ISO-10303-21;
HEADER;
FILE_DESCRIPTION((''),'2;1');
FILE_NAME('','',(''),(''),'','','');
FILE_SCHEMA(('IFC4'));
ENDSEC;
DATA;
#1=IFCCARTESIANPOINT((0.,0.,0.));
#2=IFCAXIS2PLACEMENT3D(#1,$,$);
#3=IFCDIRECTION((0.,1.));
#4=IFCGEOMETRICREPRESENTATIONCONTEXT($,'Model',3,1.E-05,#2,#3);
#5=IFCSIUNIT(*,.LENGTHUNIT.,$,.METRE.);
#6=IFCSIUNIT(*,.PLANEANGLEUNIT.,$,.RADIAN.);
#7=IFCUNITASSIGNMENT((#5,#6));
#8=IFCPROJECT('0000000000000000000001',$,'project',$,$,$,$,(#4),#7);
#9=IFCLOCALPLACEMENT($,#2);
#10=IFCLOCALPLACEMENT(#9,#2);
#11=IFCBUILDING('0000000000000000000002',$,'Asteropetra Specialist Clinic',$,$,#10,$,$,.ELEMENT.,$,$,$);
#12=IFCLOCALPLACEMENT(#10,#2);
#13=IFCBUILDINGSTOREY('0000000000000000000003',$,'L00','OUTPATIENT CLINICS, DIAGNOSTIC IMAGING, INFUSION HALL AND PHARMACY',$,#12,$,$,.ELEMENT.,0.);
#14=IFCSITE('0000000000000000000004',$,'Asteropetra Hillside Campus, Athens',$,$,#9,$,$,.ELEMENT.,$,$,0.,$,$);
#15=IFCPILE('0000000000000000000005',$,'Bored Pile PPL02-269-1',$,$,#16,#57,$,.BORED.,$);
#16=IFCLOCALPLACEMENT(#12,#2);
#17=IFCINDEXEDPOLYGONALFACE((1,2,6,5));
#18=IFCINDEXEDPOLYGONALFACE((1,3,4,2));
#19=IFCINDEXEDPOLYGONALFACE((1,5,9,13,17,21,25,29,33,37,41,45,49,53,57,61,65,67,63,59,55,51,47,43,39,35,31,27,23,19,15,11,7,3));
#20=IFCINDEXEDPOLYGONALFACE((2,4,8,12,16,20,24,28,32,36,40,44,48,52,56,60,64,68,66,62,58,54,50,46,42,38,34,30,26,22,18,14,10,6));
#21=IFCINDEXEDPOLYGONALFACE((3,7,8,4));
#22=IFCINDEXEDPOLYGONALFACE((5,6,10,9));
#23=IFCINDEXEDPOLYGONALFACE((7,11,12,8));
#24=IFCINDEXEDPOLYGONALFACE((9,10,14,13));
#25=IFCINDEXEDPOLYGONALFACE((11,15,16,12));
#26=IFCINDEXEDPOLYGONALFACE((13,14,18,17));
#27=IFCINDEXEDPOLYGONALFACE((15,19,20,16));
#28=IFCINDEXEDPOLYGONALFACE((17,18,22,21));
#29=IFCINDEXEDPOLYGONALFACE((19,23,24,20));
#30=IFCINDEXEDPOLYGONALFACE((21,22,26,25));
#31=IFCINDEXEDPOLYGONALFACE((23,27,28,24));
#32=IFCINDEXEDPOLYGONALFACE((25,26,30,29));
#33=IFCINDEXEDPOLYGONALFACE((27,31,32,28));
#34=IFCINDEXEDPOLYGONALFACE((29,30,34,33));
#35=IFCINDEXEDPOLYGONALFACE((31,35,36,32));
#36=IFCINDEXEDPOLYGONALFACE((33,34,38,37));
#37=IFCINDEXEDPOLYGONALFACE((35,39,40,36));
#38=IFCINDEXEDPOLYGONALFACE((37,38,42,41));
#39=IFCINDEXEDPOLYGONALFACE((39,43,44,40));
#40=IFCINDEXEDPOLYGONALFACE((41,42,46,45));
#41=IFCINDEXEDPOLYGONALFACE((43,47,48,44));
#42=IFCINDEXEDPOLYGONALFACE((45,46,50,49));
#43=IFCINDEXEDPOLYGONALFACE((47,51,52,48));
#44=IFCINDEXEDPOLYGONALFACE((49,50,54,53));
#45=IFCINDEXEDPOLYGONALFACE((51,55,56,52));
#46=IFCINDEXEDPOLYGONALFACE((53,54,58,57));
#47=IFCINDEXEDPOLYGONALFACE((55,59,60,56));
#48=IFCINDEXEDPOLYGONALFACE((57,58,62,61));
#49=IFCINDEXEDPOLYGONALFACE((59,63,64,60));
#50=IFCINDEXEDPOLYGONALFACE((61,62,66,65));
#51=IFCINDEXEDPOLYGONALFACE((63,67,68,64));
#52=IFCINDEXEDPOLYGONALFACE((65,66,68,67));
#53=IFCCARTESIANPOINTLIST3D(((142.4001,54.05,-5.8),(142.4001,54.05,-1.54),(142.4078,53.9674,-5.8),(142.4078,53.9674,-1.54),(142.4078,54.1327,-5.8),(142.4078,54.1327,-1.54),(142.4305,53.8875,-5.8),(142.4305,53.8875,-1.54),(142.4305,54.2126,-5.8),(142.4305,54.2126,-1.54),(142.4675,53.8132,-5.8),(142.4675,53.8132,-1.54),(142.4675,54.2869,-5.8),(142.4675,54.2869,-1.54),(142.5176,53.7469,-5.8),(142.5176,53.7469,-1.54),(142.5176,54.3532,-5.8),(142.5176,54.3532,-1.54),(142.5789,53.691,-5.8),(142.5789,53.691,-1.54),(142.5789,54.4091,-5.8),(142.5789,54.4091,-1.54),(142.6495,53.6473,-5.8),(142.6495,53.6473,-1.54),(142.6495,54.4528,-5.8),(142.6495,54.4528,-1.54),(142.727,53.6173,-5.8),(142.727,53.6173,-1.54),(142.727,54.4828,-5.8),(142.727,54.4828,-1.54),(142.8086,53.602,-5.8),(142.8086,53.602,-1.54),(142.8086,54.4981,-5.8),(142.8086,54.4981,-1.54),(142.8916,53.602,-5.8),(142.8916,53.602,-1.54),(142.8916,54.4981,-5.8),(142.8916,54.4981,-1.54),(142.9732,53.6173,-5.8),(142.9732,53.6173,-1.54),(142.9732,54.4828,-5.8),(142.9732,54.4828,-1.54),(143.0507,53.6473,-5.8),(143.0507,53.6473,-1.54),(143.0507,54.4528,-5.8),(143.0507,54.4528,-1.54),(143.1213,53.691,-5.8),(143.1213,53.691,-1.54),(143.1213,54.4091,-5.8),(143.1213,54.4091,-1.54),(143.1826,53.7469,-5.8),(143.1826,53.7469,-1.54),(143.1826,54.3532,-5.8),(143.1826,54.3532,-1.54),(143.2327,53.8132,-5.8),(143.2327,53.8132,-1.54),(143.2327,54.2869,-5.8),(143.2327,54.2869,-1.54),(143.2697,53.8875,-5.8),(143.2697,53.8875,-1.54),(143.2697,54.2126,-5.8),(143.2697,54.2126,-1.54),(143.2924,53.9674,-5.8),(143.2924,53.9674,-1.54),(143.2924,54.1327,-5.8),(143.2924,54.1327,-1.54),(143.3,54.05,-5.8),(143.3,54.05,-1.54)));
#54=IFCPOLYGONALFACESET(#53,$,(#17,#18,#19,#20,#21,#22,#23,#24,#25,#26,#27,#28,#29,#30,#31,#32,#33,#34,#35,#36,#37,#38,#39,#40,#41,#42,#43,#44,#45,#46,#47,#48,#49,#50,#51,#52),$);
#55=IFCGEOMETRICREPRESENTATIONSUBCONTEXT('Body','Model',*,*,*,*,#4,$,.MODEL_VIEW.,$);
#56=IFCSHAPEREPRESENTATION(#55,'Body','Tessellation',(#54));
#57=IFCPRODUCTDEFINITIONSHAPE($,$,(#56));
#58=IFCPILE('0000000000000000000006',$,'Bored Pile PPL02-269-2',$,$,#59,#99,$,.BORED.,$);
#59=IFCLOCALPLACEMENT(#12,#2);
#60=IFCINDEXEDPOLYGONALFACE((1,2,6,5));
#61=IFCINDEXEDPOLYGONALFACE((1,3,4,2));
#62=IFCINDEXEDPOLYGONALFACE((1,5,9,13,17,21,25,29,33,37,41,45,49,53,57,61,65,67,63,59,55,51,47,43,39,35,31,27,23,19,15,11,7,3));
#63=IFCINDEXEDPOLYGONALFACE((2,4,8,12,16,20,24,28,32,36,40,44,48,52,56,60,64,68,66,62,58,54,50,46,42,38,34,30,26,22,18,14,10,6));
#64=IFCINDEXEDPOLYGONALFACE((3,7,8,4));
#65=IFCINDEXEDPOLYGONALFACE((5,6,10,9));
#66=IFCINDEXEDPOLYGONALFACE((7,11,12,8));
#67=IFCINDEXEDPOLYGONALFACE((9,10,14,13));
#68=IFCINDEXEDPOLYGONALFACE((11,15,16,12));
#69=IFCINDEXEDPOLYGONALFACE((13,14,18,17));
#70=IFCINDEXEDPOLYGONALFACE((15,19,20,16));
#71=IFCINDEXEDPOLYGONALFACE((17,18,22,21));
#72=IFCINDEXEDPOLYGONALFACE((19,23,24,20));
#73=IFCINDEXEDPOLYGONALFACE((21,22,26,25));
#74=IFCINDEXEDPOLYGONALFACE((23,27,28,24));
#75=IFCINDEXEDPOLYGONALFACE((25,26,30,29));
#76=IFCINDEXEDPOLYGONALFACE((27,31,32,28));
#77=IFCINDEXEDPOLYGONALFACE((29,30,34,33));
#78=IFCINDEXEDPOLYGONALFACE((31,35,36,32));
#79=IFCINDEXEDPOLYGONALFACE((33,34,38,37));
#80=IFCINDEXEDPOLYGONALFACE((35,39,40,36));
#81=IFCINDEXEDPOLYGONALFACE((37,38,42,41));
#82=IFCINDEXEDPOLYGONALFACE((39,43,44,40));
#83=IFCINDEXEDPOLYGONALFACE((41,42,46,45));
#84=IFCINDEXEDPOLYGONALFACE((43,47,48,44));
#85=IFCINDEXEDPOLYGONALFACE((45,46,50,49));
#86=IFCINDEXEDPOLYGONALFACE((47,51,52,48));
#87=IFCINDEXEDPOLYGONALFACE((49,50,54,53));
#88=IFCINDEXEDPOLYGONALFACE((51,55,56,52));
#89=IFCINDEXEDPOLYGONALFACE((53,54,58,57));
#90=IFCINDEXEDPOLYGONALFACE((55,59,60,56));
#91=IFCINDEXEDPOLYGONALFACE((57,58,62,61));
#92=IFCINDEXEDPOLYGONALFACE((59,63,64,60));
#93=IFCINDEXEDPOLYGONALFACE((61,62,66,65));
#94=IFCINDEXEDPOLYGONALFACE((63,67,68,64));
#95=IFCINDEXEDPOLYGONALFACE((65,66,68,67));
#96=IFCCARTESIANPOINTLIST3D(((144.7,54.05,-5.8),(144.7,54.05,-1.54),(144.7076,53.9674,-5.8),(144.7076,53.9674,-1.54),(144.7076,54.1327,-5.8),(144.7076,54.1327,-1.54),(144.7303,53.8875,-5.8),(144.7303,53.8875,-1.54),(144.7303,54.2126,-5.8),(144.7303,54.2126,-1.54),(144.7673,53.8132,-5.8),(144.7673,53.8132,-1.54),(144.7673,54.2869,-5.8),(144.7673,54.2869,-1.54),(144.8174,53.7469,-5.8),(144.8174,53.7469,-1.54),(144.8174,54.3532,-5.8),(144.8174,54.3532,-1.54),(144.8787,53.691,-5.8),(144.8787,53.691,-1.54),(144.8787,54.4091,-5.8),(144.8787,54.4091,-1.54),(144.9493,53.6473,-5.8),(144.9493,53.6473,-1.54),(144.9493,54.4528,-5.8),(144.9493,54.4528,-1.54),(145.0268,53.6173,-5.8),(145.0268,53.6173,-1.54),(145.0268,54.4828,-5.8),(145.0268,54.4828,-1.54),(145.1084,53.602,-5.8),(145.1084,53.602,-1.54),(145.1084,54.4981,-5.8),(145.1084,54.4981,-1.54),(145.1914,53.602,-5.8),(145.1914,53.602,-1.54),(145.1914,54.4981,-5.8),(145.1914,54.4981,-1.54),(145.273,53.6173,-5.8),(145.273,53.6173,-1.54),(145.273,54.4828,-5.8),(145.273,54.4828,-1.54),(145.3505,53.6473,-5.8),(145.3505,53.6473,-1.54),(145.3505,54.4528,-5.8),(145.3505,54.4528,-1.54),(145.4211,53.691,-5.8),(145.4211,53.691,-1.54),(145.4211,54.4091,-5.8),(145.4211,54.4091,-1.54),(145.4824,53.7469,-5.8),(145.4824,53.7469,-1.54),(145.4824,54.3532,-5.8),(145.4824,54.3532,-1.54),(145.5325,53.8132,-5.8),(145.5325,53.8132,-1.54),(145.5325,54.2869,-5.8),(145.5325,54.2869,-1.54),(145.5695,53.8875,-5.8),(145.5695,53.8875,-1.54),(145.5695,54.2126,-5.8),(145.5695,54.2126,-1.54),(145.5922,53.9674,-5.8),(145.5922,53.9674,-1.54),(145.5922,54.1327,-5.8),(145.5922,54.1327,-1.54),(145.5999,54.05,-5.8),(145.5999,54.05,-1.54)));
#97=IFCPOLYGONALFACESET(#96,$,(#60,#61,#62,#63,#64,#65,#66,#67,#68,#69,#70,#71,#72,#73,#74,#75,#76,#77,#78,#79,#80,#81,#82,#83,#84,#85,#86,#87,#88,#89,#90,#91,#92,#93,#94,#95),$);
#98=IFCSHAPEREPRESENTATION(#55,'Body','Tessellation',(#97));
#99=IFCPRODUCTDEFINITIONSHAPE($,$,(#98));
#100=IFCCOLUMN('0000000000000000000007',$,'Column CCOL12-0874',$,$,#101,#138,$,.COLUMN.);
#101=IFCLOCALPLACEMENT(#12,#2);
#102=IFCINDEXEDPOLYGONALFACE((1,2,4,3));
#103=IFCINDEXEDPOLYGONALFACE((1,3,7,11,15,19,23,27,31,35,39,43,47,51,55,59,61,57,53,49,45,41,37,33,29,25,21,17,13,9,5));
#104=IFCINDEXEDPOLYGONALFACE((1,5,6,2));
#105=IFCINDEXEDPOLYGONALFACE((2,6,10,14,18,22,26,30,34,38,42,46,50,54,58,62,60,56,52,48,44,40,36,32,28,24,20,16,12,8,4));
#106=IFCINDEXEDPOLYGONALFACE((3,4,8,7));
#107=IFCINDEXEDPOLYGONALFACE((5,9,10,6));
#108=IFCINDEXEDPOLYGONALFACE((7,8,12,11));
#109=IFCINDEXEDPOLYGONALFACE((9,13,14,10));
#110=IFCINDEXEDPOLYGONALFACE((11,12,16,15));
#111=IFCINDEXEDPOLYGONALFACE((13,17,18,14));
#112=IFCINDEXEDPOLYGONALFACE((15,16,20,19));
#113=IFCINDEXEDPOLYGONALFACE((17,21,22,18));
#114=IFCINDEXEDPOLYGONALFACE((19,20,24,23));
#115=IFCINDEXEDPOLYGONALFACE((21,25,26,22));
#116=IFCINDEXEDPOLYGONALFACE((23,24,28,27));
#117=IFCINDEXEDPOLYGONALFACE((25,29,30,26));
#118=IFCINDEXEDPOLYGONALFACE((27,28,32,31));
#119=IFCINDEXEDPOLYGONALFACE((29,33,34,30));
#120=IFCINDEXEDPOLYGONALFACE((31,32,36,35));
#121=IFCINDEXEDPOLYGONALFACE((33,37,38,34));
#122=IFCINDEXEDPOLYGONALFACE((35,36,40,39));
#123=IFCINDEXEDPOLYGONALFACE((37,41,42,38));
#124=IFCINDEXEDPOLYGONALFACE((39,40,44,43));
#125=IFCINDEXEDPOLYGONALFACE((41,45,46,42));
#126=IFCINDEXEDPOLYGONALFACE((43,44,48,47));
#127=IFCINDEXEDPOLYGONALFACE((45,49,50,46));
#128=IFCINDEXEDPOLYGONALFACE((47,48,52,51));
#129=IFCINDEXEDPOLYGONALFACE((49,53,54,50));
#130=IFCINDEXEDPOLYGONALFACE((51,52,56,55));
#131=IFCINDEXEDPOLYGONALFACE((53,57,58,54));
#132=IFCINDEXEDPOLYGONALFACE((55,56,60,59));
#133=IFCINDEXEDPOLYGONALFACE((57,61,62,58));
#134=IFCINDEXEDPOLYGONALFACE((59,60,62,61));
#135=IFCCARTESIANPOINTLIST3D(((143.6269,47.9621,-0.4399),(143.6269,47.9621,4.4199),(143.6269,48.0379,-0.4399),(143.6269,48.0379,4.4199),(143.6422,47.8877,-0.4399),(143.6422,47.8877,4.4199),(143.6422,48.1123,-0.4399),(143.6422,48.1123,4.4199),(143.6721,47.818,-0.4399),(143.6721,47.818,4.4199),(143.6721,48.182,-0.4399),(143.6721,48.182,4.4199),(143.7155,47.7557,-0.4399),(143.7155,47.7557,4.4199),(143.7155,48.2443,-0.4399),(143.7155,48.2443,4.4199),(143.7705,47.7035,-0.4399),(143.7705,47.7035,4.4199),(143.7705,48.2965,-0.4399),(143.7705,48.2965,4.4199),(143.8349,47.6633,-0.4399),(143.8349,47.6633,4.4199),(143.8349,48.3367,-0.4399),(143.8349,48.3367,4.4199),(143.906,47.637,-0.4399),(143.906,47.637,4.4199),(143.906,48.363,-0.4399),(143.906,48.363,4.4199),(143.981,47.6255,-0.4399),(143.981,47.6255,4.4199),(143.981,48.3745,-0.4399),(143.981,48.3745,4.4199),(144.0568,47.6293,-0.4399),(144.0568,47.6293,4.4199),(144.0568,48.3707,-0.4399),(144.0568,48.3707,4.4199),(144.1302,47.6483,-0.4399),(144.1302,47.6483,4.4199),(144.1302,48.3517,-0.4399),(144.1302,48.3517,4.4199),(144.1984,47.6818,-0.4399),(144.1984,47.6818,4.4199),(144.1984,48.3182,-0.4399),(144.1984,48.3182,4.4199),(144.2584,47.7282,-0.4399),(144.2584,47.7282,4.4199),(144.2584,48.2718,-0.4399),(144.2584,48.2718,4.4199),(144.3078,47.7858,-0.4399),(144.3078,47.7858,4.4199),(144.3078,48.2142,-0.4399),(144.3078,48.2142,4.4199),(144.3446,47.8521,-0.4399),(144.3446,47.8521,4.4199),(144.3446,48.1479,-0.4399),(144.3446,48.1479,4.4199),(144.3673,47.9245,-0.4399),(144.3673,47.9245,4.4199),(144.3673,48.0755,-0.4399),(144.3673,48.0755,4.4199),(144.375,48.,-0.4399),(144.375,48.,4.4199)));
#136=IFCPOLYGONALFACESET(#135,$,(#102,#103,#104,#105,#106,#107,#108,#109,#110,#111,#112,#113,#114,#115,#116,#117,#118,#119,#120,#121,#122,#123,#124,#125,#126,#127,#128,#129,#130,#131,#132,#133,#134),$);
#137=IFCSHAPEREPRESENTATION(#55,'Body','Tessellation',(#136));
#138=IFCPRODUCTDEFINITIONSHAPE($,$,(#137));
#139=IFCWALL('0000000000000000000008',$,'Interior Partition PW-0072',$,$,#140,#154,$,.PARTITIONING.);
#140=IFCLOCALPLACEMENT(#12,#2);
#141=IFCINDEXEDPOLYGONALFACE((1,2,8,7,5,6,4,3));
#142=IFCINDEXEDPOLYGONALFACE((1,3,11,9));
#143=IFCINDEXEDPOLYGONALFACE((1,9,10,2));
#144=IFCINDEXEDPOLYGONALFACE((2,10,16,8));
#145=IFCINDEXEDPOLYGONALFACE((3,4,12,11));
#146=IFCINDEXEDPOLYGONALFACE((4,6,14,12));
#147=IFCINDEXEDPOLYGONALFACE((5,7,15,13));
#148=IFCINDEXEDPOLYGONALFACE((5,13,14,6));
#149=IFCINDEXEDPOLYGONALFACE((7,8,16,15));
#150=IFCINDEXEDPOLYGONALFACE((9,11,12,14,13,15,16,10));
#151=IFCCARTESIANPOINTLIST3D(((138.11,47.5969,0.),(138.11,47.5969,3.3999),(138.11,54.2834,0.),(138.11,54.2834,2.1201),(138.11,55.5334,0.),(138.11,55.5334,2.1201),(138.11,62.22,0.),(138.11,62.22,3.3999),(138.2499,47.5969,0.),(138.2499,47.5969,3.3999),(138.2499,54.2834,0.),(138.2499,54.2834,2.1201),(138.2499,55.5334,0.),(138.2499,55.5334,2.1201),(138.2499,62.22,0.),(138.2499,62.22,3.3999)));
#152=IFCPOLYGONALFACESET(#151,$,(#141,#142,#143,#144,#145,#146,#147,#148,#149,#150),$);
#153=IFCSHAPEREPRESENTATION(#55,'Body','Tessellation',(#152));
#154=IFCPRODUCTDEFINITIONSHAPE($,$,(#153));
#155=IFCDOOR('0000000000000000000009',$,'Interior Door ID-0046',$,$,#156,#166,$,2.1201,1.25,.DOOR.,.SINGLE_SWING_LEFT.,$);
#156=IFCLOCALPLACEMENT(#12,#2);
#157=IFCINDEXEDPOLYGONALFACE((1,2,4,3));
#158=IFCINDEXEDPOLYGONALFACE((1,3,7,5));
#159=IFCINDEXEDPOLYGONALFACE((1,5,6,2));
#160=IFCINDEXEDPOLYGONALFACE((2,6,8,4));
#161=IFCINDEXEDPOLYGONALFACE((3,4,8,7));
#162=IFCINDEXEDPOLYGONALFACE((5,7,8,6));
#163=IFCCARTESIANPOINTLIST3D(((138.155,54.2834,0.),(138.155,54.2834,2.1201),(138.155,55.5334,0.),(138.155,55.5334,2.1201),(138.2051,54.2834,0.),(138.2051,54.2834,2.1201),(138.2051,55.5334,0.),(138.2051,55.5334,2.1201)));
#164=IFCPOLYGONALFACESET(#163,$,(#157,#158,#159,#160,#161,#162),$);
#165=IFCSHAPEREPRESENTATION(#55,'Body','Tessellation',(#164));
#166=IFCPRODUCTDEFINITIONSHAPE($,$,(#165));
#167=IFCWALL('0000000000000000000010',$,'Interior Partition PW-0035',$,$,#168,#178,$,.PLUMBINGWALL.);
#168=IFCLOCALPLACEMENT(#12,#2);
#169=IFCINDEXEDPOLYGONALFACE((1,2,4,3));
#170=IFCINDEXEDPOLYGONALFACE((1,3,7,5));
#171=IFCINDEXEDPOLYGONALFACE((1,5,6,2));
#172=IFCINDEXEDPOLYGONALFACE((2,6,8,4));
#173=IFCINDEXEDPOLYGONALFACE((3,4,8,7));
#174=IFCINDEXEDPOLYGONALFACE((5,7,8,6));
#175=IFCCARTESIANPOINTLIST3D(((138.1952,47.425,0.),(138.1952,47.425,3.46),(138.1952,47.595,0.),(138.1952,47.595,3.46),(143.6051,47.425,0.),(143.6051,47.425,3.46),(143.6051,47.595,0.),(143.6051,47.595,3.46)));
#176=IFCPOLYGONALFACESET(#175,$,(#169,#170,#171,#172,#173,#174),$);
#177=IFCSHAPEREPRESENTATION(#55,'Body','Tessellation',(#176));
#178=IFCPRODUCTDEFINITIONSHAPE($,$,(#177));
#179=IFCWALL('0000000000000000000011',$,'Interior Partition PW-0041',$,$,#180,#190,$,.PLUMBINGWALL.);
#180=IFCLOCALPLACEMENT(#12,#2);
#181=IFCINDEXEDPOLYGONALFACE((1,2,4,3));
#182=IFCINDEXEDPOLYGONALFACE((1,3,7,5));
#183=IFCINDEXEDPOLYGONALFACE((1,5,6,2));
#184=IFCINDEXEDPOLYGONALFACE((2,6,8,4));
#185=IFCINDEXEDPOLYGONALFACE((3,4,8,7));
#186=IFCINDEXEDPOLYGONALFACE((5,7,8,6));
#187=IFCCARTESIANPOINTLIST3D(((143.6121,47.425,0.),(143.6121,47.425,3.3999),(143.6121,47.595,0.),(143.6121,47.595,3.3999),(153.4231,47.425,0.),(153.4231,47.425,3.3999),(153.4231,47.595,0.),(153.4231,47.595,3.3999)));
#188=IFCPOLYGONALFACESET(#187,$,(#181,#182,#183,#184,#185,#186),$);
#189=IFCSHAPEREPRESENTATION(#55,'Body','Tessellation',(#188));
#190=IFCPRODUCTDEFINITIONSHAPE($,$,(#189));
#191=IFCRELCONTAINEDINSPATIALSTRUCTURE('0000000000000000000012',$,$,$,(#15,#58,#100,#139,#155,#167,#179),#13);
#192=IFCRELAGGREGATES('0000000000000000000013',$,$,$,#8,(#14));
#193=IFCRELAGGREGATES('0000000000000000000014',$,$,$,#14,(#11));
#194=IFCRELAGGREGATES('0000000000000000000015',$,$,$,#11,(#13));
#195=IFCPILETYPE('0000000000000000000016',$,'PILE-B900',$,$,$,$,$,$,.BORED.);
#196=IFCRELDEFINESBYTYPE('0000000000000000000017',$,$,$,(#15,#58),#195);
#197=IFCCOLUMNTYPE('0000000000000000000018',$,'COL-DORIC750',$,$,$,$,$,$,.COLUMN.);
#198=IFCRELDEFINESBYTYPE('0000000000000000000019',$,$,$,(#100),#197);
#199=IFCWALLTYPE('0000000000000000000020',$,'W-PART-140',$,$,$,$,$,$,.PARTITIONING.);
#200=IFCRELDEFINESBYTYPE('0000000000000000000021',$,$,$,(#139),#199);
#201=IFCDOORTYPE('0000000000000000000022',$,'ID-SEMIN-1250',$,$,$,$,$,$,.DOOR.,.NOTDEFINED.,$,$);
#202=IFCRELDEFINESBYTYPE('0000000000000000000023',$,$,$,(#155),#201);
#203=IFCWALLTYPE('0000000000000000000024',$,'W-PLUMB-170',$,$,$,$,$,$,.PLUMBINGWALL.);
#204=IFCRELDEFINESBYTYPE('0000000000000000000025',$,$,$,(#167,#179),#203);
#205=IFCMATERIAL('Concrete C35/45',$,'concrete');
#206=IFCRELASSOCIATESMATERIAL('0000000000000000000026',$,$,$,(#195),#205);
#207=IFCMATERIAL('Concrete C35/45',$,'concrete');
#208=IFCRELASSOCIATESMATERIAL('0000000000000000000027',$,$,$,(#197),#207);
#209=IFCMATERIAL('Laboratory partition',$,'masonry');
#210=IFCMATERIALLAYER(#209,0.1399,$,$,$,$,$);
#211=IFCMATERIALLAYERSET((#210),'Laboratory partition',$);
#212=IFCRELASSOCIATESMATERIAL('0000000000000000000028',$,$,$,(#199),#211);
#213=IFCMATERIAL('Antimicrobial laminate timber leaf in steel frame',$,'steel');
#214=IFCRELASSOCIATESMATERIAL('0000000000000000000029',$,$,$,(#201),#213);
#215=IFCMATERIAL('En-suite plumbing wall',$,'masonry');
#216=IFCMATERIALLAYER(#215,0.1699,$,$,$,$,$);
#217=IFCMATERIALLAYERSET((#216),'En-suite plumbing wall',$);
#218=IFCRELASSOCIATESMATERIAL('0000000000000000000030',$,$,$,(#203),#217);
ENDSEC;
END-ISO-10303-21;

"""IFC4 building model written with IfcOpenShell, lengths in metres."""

from ifc_helpers import new_model, si_unit, direction, frame, frame_2d, origin, origin_2d, place, context, subcontext, project, spatial, rectangle, circle, extrude, material, layer, layer_set, material_profile, profile_set, type_object, element, fill, save


model = new_model("IFC4")

# Units and contexts
model_context = context("Model", 3, precision=1e-05, world=origin(), true_north=direction((0.0, 1.0)))
body_context = subcontext(model_context, "Body", "Model", "MODEL_VIEW")
ifc_project = project(units=[si_unit("LENGTHUNIT", "METRE"), si_unit("PLANEANGLEUNIT", "RADIAN")], contexts=[model_context])

# Site, building, storey
site_placement = place(None, origin())
site = spatial("IfcSite", under=ifc_project, at=site_placement, Name="Asteropetra Hillside Campus, Athens", CompositionType="ELEMENT", RefElevation=0.0)
building_placement = place(site_placement, origin())
building = spatial("IfcBuilding", under=site, at=building_placement, Name="Asteropetra Specialist Clinic", CompositionType="ELEMENT")
storey_placement = place(building_placement, origin())
storey = spatial("IfcBuildingStorey", under=building, at=storey_placement, Name="L00", Description="OUTPATIENT CLINICS, DIAGNOSTIC IMAGING, INFUSION HALL AND PHARMACY", CompositionType="ELEMENT", Elevation=0.0)

# Piles
ifc_material_1 = material(Name="Concrete C35/45", Category="concrete")
ifc_material_profile_1 = material_profile(ifc_material_1, circle(Radius=0.45, at=origin_2d()), Name="PILE D900")
ifc_profile_set_1 = profile_set([ifc_material_profile_1], Name="Concrete C35/45")
pile_type_1 = type_object("IfcPileType", Name="PILE-B900", PredefinedType="BORED", material=ifc_profile_set_1)
for number, where, z_axis, x_axis, name in (
    (1, (142.8501, 54.05, -1.54), (0.0, 0.0, -1.0), (1.0, 0.0, 0.0), "Bored Pile PPL02-269-1"),
    (2, (145.1499, 54.05, -1.54), (0.0, 0.0, -1.0), (1.0, 0.0, 0.0), "Bored Pile PPL02-269-2"),
):
    element("IfcPile", number, at=place(storey_placement, frame(where, z_axis=z_axis, x_axis=x_axis)), inside=storey, type_object=pile_type_1, Name=name, PredefinedType="BORED", context=body_context, shape_type="SweptSolid", body=[
        extrude(circle(Radius=0.45, at=origin_2d()), origin(), (0.0, 0.0, 1.0), 4.26),
    ])

# Column
ifc_material_2 = material(Name="Concrete C35/45", Category="concrete")
ifc_material_profile_2 = material_profile(ifc_material_2, circle(Radius=0.375, at=origin_2d()), Name="RCC D750")
ifc_profile_set_2 = profile_set([ifc_material_profile_2], Name="Concrete C35/45")
column_type = type_object("IfcColumnType", Name="COL-DORIC750", PredefinedType="COLUMN", material=ifc_profile_set_2)
column_placement = place(storey_placement, frame((144.0, 48.0, -0.4399), z_axis=(0.0, 0.0, 1.0), x_axis=(1.0, 0.0, 0.0)))
element("IfcColumn", 3, at=column_placement, inside=storey, type_object=column_type, Name="Column CCOL12-0874", PredefinedType="COLUMN", context=body_context, shape_type="SweptSolid", body=[
    extrude(circle(Radius=0.375, at=origin_2d()), origin(), (0.0, 0.0, 1.0), 4.8599),
])

# Wall, opening, door
ifc_material_3 = material(Name="Laboratory partition", Category="masonry")
ifc_layer_1 = layer(ifc_material_3, 0.1399)
ifc_layer_set_1 = layer_set([ifc_layer_1], Name="Laboratory partition")
wall_type_1 = type_object("IfcWallType", Name="W-PART-140", PredefinedType="PARTITIONING", material=ifc_layer_set_1)
wall_1_placement = place(storey_placement, frame((138.1799, 47.5969, 0.0), z_axis=(0.0, 0.0, 1.0), x_axis=(0.0, 1.0, 0.0)))
wall_1 = element("IfcWall", 4, at=wall_1_placement, inside=storey, type_object=wall_type_1, Name="Interior Partition PW-0072", PredefinedType="PARTITIONING", context=body_context, shape_type="SweptSolid", body=[
    extrude(rectangle(XDim=14.623, YDim=0.1399, at=frame_2d((7.3115, 0.0))), origin(), (0.0, 0.0, 1.0), 3.3999),
])
opening_placement = place(wall_1_placement, frame((6.6865, 0.0, 0.0)))
opening = element("IfcOpeningElement", 5, at=opening_placement, cuts=wall_1, PredefinedType="OPENING", context=body_context, shape_type="SweptSolid", body=[
    extrude(rectangle(XDim=1.25, YDim=2.1201, at=frame_2d((0.625, 1.0601))), frame((0.0, 0.0798, 0.0), z_axis=(0.0, -1.0, 0.0), x_axis=(1.0, 0.0, 0.0)), (0.0, 0.0, 1.0), 0.1599),
])
ifc_material_4 = material(Name="Antimicrobial laminate timber leaf in steel frame", Category="steel")
door_type = type_object("IfcDoorType", Name="ID-SEMIN-1250", OperationType="NOTDEFINED", PredefinedType="DOOR", material=ifc_material_4)
door_placement = place(opening_placement, origin())
door = element("IfcDoor", 6, at=door_placement, inside=storey, type_object=door_type, Name="Interior Door ID-0046", OperationType="SINGLE_SWING_LEFT", OverallHeight=2.1201, OverallWidth=1.25, PredefinedType="DOOR", context=body_context, shape_type="SweptSolid", body=[
    extrude(rectangle(XDim=1.25, YDim=2.1201, at=frame_2d((0.625, 1.0601))), frame((0.0, 0.0249, 0.0), z_axis=(0.0, -1.0, 0.0), x_axis=(1.0, 0.0, 0.0)), (0.0, 0.0, 1.0), 0.05),
])
fill(opening, door)

# Walls
ifc_material_5 = material(Name="En-suite plumbing wall", Category="masonry")
ifc_layer_2 = layer(ifc_material_5, 0.1699)
ifc_layer_set_2 = layer_set([ifc_layer_2], Name="En-suite plumbing wall")
wall_type_2 = type_object("IfcWallType", Name="W-PLUMB-170", PredefinedType="PLUMBINGWALL", material=ifc_layer_set_2)
wall_2_placement = place(storey_placement, frame((138.1951, 47.51, 0.0), z_axis=(0.0, 0.0, 1.0), x_axis=(1.0, 0.0, 0.0)))
element("IfcWall", 7, at=wall_2_placement, inside=storey, type_object=wall_type_2, Name="Interior Partition PW-0035", PredefinedType="PLUMBINGWALL", context=body_context, shape_type="SweptSolid", body=[
    extrude(rectangle(XDim=5.4099, YDim=0.1699, at=frame_2d((2.7051, 0.0))), origin(), (0.0, 0.0, 1.0), 3.46),
])
wall_3_placement = place(storey_placement, frame((143.6121, 47.51, 0.0), z_axis=(0.0, 0.0, 1.0), x_axis=(1.0, 0.0, 0.0)))
element("IfcWall", 8, at=wall_3_placement, inside=storey, type_object=wall_type_2, Name="Interior Partition PW-0041", PredefinedType="PLUMBINGWALL", context=body_context, shape_type="SweptSolid", body=[
    extrude(rectangle(XDim=9.811, YDim=0.1699, at=frame_2d((4.9055, 0.0))), origin(), (0.0, 0.0, 1.0), 3.3999),
])

save(model, "model.ifc")
